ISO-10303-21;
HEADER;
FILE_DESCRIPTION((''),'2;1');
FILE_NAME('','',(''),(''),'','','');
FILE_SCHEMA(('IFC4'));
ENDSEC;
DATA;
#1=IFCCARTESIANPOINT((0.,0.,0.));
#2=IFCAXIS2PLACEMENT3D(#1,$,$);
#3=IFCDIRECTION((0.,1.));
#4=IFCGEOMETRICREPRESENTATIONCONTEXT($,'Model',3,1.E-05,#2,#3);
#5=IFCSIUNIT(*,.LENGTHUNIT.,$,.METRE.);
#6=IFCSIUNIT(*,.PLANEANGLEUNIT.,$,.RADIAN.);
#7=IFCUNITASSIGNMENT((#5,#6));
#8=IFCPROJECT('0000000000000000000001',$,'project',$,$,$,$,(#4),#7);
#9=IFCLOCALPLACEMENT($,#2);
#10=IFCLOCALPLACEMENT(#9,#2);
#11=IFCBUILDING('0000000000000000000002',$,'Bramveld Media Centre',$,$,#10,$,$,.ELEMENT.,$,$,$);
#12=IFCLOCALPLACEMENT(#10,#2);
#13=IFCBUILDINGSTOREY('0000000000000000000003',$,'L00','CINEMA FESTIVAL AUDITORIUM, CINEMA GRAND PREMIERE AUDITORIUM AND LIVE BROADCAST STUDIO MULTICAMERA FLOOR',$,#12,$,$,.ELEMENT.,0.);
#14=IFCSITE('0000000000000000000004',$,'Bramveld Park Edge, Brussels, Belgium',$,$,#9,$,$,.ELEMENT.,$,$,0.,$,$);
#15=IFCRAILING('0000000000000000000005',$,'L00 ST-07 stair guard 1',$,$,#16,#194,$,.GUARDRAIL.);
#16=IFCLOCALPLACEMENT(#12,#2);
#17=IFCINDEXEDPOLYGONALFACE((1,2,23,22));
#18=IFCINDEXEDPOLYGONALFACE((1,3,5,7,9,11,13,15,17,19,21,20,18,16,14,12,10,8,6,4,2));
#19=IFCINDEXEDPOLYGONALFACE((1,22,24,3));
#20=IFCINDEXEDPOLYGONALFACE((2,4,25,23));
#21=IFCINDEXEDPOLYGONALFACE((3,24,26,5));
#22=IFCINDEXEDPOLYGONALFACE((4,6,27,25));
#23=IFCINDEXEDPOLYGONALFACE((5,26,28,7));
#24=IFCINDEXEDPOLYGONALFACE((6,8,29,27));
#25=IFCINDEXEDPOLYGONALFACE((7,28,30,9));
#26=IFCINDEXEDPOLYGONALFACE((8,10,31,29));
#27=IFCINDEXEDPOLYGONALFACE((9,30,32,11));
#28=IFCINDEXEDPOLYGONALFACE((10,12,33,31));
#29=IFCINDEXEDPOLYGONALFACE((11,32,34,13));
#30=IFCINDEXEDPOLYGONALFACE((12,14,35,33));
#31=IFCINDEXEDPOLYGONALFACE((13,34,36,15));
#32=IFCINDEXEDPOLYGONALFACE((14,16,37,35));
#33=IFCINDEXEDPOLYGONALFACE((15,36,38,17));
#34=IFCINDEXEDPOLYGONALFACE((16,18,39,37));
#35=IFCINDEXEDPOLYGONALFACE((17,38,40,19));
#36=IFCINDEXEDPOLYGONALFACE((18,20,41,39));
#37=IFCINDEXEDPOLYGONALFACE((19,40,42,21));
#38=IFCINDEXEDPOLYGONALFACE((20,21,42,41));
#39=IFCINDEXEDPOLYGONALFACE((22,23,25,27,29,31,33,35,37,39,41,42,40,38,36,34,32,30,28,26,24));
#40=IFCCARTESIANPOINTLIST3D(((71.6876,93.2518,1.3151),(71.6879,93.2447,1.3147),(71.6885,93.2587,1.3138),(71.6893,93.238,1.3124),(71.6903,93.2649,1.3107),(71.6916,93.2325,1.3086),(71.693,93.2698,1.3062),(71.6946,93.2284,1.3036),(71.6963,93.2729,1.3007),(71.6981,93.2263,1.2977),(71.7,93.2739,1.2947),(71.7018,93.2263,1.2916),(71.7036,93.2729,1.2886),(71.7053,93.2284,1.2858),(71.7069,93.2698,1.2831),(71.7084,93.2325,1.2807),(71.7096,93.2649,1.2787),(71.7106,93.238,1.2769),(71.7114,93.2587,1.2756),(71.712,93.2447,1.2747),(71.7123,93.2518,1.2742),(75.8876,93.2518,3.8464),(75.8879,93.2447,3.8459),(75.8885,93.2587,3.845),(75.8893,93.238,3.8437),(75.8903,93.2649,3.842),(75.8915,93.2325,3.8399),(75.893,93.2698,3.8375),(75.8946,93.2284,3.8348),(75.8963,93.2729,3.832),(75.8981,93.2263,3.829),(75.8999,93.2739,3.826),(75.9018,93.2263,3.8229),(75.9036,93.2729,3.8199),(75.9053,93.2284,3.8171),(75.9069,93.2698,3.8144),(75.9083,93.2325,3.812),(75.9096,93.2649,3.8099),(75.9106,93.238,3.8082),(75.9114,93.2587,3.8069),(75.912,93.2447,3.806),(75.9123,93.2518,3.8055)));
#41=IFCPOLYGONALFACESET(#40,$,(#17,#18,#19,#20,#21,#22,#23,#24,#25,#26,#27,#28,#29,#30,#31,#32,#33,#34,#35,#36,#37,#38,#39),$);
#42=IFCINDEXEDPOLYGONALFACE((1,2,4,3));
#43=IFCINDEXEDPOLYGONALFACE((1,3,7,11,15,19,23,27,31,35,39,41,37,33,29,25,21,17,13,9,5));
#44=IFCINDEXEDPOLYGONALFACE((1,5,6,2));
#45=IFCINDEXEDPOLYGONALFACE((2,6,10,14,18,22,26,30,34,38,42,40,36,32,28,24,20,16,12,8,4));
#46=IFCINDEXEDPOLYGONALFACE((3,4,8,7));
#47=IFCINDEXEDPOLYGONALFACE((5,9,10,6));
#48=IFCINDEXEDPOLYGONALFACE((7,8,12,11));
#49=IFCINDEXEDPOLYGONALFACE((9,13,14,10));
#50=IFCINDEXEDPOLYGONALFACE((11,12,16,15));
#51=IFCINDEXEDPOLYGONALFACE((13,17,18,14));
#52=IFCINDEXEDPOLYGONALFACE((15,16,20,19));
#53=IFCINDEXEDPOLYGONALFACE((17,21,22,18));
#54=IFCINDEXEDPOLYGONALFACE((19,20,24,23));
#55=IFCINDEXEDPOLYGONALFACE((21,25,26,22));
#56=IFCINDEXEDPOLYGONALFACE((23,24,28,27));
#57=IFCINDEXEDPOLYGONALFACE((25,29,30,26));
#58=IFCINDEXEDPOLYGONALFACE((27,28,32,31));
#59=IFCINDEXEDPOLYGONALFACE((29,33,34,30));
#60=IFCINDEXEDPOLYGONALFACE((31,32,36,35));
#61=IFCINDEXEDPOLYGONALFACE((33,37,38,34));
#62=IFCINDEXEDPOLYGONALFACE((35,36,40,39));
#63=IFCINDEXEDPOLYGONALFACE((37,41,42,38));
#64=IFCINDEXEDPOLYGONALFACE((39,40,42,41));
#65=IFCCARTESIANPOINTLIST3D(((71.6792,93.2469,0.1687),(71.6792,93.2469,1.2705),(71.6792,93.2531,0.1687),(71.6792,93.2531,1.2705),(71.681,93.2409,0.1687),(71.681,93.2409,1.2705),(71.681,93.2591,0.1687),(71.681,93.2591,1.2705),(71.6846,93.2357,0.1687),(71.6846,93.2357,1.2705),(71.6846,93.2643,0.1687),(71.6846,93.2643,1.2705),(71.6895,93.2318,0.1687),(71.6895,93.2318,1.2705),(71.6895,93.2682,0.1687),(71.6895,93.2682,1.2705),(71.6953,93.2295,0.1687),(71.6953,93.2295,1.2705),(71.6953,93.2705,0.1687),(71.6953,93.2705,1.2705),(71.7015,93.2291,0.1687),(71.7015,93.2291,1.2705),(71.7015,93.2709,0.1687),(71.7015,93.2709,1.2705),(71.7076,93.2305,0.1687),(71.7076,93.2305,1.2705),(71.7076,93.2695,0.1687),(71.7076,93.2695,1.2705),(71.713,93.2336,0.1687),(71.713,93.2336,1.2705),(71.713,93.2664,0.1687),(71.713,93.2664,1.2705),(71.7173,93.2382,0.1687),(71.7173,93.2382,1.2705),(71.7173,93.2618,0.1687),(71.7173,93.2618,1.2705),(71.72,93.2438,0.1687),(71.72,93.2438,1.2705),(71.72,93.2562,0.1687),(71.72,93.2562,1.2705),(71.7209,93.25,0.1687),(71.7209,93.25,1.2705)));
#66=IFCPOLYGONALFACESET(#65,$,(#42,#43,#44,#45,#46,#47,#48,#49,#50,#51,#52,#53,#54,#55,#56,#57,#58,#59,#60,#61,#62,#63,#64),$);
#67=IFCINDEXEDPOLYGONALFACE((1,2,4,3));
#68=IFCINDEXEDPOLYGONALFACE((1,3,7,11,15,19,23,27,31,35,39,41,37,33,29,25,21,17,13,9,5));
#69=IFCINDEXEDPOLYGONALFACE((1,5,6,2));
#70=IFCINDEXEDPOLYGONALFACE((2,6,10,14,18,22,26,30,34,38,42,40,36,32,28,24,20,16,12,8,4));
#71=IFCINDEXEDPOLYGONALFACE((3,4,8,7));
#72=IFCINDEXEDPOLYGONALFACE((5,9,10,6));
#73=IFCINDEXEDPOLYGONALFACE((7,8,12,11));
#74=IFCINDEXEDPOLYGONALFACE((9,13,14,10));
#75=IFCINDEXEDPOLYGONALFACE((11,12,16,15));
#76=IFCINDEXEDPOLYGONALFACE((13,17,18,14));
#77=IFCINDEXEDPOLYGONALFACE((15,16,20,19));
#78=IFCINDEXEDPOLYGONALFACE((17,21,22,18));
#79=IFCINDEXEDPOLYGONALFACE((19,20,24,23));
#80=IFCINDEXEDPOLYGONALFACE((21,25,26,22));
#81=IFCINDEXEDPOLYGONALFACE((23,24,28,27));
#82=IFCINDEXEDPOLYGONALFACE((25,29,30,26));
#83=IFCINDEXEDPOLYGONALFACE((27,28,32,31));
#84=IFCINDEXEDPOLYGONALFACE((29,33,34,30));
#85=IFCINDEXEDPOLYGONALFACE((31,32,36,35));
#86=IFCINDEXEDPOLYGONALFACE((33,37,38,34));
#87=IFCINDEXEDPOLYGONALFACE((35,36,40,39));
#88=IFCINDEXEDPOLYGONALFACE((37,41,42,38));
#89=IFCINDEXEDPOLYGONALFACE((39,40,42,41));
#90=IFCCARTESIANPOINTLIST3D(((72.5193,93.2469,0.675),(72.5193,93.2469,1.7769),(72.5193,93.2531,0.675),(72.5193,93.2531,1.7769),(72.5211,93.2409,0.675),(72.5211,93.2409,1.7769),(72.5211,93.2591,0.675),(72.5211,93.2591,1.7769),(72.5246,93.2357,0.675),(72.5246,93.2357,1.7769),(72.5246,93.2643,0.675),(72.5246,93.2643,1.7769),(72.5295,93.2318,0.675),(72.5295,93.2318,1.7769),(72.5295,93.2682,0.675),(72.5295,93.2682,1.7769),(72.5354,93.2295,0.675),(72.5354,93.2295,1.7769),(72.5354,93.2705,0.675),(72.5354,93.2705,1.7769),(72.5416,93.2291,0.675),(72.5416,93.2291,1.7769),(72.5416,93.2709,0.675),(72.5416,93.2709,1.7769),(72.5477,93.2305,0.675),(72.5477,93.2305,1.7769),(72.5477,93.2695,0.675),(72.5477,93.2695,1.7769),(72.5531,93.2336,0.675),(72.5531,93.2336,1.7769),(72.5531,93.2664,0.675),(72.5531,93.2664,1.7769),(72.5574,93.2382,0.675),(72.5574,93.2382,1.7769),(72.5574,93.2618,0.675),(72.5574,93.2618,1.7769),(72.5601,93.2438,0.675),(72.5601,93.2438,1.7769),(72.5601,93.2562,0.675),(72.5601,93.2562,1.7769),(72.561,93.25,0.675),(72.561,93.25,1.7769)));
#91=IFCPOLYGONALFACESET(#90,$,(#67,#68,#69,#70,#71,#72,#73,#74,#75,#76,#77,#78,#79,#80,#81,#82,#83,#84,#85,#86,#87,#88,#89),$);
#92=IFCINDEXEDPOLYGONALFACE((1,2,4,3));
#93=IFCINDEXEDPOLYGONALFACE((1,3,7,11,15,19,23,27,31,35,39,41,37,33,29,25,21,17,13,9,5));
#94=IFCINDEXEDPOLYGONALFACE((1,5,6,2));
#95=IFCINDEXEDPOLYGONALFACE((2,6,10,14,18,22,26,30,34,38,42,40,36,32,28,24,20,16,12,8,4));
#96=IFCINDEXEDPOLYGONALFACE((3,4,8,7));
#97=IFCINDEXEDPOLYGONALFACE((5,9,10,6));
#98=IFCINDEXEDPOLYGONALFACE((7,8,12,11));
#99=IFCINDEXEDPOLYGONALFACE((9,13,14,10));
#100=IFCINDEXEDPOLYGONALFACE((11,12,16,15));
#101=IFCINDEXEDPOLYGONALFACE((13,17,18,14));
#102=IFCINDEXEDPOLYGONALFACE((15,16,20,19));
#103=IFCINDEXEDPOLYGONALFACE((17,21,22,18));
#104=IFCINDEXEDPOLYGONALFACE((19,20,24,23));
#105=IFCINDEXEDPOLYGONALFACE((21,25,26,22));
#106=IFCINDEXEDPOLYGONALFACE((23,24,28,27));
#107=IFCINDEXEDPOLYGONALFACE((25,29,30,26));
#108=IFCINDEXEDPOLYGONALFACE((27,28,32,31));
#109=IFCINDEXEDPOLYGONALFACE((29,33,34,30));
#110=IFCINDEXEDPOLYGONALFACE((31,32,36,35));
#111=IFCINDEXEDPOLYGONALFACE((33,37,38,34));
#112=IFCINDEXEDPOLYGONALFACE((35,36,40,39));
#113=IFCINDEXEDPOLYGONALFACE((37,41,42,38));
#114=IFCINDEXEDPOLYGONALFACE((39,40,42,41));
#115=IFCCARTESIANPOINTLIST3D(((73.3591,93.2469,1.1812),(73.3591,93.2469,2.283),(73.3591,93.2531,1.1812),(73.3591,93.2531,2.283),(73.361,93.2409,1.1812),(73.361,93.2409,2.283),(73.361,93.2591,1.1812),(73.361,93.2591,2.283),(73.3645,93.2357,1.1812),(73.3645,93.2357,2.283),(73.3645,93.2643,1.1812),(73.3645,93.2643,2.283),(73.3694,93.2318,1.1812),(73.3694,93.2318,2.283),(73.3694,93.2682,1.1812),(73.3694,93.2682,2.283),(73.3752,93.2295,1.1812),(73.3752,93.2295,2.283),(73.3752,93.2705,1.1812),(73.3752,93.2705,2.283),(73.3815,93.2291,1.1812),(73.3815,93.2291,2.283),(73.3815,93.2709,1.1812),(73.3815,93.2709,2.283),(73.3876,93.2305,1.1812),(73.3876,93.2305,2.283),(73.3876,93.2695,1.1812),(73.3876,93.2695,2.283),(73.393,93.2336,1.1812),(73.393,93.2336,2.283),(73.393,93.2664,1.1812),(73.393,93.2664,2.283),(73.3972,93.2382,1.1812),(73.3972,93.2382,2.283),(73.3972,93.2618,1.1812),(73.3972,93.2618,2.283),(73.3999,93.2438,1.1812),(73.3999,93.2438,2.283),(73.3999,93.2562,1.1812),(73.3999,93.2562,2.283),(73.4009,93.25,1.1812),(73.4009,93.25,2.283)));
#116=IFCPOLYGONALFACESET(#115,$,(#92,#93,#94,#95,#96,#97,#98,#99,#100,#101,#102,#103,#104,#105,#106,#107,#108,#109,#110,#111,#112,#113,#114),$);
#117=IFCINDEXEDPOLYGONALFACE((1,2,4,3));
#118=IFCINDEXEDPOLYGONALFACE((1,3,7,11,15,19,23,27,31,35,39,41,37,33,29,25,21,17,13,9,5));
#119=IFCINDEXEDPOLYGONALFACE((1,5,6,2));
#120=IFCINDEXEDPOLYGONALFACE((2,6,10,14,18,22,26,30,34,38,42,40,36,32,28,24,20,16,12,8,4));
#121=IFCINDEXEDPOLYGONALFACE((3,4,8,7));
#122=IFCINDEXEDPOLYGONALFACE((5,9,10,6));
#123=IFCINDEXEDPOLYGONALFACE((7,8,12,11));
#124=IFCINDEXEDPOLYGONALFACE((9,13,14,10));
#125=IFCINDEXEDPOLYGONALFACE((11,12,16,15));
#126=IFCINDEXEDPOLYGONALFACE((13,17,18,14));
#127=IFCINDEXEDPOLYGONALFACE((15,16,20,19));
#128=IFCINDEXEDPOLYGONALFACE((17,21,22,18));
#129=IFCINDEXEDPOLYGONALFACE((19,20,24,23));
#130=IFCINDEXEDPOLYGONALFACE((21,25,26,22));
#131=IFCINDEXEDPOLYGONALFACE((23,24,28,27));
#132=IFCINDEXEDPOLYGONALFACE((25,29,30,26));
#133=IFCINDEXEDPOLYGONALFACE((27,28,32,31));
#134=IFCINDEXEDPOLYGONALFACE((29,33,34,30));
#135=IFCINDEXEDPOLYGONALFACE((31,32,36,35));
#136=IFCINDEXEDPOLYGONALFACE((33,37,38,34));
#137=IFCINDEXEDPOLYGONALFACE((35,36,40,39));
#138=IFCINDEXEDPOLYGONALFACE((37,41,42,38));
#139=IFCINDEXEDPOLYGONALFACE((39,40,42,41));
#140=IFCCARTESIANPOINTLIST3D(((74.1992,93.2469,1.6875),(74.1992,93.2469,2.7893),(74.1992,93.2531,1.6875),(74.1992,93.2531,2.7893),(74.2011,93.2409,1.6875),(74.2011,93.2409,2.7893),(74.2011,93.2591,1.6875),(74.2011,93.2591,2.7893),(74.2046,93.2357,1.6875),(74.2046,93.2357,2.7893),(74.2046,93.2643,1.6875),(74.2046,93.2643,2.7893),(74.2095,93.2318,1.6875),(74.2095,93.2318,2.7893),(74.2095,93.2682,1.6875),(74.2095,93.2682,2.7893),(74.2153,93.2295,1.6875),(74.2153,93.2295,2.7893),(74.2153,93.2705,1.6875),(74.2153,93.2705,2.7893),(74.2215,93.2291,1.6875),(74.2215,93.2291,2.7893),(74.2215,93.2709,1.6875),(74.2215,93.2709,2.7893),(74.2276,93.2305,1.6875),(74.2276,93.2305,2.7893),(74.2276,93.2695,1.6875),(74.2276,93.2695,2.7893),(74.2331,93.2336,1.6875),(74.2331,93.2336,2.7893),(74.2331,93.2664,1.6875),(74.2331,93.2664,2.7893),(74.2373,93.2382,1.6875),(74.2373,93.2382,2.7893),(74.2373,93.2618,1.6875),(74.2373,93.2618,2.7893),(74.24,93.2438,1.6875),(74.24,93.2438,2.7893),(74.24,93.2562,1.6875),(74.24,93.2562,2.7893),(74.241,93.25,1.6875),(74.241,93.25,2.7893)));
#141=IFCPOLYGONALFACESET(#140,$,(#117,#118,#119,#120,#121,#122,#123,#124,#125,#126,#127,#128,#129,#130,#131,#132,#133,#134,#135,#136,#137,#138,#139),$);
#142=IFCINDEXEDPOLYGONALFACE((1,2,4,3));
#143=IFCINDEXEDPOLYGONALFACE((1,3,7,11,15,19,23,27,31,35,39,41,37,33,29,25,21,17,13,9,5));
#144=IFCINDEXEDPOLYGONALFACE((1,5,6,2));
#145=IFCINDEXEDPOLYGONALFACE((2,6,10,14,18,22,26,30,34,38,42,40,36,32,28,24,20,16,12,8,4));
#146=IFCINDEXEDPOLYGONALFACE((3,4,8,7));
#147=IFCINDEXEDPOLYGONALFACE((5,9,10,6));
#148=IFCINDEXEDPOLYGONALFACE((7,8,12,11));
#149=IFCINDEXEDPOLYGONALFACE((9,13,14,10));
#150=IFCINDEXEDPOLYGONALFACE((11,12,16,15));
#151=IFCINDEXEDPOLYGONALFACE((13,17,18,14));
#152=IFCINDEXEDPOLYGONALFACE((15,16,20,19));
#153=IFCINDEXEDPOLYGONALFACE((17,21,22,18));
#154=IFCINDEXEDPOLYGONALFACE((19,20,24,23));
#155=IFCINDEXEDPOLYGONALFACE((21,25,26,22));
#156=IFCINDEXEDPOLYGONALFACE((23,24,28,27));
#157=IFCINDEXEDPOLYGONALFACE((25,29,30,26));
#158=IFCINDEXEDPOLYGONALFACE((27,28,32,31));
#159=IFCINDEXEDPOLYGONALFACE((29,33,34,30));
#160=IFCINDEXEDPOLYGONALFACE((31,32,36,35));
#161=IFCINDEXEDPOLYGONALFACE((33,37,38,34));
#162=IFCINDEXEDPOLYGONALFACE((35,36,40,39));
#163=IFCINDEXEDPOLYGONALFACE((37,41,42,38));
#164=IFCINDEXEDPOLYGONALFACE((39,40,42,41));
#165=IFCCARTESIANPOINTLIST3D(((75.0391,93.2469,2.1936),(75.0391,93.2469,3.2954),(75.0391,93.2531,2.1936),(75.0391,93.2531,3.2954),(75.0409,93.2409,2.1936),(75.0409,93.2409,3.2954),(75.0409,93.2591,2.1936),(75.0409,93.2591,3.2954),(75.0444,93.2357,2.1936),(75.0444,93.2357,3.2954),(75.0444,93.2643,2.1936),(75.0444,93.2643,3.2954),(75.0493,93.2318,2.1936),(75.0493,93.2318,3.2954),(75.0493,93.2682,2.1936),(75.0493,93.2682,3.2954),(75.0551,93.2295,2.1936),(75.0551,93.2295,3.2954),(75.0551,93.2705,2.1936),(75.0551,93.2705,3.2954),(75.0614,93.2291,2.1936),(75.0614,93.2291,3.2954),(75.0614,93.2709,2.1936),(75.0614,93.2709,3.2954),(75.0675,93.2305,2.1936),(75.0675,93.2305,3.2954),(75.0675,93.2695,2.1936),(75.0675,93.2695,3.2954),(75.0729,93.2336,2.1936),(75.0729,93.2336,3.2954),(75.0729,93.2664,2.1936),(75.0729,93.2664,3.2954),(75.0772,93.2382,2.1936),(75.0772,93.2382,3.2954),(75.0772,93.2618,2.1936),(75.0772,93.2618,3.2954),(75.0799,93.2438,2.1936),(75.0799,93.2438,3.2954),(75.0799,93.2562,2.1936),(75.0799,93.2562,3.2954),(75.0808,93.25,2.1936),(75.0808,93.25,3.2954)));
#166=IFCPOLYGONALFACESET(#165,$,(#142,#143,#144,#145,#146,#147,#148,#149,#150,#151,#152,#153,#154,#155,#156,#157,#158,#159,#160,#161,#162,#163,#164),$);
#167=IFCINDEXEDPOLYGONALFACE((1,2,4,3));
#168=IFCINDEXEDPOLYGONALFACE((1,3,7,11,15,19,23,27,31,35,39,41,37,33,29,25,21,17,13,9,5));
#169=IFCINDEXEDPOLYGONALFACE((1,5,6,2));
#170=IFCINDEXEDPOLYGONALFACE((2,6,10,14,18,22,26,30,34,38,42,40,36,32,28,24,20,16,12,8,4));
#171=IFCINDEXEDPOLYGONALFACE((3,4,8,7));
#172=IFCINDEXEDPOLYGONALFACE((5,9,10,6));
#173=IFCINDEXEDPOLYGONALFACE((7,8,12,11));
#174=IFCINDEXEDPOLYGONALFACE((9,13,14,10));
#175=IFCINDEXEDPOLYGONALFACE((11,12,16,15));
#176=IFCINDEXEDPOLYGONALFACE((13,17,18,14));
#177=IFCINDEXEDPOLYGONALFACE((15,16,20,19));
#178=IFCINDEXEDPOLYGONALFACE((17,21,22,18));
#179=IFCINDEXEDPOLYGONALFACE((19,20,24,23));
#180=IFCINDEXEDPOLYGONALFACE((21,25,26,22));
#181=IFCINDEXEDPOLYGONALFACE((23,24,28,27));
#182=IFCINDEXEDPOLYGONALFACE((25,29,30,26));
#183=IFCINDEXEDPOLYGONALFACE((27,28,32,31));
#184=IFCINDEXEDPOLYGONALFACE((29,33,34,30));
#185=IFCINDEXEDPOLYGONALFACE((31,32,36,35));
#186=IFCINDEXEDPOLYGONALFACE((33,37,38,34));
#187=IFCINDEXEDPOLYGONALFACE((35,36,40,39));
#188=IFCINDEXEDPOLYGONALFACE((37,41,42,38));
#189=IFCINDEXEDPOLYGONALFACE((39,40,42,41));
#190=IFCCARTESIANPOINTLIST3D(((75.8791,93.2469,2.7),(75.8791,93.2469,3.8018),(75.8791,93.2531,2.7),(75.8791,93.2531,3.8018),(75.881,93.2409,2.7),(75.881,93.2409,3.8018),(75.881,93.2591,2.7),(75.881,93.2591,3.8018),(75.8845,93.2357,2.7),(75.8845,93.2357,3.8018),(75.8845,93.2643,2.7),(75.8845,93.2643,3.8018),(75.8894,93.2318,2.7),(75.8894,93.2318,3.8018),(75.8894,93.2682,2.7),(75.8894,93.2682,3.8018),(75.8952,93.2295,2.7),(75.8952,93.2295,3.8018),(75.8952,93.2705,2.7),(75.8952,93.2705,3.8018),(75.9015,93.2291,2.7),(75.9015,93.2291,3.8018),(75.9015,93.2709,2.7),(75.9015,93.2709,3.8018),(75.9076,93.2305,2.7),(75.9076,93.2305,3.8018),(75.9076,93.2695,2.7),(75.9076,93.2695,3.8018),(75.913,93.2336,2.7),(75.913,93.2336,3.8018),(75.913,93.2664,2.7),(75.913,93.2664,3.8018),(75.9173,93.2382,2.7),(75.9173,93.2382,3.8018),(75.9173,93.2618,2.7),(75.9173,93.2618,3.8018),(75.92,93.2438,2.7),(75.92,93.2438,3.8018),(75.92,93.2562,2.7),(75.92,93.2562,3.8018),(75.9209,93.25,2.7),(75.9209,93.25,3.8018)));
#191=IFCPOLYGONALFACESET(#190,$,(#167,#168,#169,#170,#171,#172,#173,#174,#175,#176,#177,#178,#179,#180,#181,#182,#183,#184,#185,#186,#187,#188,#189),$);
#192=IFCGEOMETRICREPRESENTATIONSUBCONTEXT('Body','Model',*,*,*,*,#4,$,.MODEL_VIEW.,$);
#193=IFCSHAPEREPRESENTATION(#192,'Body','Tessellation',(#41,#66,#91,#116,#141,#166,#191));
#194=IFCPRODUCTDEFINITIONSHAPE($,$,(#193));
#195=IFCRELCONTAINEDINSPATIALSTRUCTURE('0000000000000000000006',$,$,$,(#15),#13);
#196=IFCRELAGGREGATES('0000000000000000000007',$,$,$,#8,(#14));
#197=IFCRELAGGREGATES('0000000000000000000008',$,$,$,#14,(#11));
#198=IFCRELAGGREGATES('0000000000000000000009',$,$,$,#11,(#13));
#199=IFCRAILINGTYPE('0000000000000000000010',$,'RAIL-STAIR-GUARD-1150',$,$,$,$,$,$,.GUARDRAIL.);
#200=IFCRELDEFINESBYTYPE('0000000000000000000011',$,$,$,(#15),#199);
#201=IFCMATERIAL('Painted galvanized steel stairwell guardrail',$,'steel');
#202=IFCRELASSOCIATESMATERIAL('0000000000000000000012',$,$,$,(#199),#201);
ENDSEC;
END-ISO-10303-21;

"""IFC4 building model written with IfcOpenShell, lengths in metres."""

from ifc_helpers import new_model, si_unit, direction, frame, origin, origin_2d, place, context, subcontext, project, spatial, circle, extrude, material, type_object, element, save


model = new_model("IFC4")

# Units and contexts
model_context = context("Model", 3, precision=1e-05, world=origin(), true_north=direction((0.0, 1.0)))
body_context = subcontext(model_context, "Body", "Model", "MODEL_VIEW")
ifc_project = project(units=[si_unit("LENGTHUNIT", "METRE"), si_unit("PLANEANGLEUNIT", "RADIAN")], contexts=[model_context])

# Site, building, storey
site_placement = place(None, origin())
site = spatial("IfcSite", under=ifc_project, at=site_placement, Name="Bramveld Park Edge, Brussels, Belgium", CompositionType="ELEMENT", RefElevation=0.0)
building_placement = place(site_placement, origin())
building = spatial("IfcBuilding", under=site, at=building_placement, Name="Bramveld Media Centre", CompositionType="ELEMENT")
storey_placement = place(building_placement, origin())
storey = spatial("IfcBuildingStorey", under=building, at=storey_placement, Name="L00", Description="CINEMA FESTIVAL AUDITORIUM, CINEMA GRAND PREMIERE AUDITORIUM AND LIVE BROADCAST STUDIO MULTICAMERA FLOOR", CompositionType="ELEMENT", Elevation=0.0)

# Railing
ifc_material_1 = material(Name="Painted galvanized steel stairwell guardrail", Category="steel")
railing_type_1 = type_object("IfcRailingType", Name="RAIL-STAIR-GUARD-1150", PredefinedType="GUARDRAIL", material=ifc_material_1)
railing_1_placement = place(storey_placement, frame((71.7, 93.25, 0.1687)))
element("IfcRailing", 1, at=railing_1_placement, inside=storey, type_object=railing_type_1, Name="L00 ST-07 stair guard 1", PredefinedType="GUARDRAIL", context=body_context, shape_type="SweptSolid", body=[
    extrude(circle(Radius=0.0239, at=origin_2d()), frame((0.0, 0.0, 1.126), z_axis=(0.856476, 0.0, 0.516186), x_axis=(0.0, 1.0, 0.0)), (0.0, 0.0, 1.0), 4.9038),
    extrude(circle(Radius=0.021, at=origin_2d()), origin(), (0.0, 0.0, 1.0), 1.1018),
    extrude(circle(Radius=0.021, at=origin_2d()), frame((0.8401, 0.0, 0.5063)), (0.0, 0.0, 1.0), 1.1018),
    extrude(circle(Radius=0.021, at=origin_2d()), frame((1.6799, 0.0, 1.0125)), (0.0, 0.0, 1.0), 1.1018),
    extrude(circle(Radius=0.021, at=origin_2d()), frame((2.52, 0.0, 1.5188)), (0.0, 0.0, 1.0), 1.1018),
    extrude(circle(Radius=0.021, at=origin_2d()), frame((3.3599, 0.0, 2.0249)), (0.0, 0.0, 1.0), 1.1018),
    extrude(circle(Radius=0.021, at=origin_2d()), frame((4.2, 0.0, 2.5312)), (0.0, 0.0, 1.0), 1.1018),
])

save(model, "model.ifc")
